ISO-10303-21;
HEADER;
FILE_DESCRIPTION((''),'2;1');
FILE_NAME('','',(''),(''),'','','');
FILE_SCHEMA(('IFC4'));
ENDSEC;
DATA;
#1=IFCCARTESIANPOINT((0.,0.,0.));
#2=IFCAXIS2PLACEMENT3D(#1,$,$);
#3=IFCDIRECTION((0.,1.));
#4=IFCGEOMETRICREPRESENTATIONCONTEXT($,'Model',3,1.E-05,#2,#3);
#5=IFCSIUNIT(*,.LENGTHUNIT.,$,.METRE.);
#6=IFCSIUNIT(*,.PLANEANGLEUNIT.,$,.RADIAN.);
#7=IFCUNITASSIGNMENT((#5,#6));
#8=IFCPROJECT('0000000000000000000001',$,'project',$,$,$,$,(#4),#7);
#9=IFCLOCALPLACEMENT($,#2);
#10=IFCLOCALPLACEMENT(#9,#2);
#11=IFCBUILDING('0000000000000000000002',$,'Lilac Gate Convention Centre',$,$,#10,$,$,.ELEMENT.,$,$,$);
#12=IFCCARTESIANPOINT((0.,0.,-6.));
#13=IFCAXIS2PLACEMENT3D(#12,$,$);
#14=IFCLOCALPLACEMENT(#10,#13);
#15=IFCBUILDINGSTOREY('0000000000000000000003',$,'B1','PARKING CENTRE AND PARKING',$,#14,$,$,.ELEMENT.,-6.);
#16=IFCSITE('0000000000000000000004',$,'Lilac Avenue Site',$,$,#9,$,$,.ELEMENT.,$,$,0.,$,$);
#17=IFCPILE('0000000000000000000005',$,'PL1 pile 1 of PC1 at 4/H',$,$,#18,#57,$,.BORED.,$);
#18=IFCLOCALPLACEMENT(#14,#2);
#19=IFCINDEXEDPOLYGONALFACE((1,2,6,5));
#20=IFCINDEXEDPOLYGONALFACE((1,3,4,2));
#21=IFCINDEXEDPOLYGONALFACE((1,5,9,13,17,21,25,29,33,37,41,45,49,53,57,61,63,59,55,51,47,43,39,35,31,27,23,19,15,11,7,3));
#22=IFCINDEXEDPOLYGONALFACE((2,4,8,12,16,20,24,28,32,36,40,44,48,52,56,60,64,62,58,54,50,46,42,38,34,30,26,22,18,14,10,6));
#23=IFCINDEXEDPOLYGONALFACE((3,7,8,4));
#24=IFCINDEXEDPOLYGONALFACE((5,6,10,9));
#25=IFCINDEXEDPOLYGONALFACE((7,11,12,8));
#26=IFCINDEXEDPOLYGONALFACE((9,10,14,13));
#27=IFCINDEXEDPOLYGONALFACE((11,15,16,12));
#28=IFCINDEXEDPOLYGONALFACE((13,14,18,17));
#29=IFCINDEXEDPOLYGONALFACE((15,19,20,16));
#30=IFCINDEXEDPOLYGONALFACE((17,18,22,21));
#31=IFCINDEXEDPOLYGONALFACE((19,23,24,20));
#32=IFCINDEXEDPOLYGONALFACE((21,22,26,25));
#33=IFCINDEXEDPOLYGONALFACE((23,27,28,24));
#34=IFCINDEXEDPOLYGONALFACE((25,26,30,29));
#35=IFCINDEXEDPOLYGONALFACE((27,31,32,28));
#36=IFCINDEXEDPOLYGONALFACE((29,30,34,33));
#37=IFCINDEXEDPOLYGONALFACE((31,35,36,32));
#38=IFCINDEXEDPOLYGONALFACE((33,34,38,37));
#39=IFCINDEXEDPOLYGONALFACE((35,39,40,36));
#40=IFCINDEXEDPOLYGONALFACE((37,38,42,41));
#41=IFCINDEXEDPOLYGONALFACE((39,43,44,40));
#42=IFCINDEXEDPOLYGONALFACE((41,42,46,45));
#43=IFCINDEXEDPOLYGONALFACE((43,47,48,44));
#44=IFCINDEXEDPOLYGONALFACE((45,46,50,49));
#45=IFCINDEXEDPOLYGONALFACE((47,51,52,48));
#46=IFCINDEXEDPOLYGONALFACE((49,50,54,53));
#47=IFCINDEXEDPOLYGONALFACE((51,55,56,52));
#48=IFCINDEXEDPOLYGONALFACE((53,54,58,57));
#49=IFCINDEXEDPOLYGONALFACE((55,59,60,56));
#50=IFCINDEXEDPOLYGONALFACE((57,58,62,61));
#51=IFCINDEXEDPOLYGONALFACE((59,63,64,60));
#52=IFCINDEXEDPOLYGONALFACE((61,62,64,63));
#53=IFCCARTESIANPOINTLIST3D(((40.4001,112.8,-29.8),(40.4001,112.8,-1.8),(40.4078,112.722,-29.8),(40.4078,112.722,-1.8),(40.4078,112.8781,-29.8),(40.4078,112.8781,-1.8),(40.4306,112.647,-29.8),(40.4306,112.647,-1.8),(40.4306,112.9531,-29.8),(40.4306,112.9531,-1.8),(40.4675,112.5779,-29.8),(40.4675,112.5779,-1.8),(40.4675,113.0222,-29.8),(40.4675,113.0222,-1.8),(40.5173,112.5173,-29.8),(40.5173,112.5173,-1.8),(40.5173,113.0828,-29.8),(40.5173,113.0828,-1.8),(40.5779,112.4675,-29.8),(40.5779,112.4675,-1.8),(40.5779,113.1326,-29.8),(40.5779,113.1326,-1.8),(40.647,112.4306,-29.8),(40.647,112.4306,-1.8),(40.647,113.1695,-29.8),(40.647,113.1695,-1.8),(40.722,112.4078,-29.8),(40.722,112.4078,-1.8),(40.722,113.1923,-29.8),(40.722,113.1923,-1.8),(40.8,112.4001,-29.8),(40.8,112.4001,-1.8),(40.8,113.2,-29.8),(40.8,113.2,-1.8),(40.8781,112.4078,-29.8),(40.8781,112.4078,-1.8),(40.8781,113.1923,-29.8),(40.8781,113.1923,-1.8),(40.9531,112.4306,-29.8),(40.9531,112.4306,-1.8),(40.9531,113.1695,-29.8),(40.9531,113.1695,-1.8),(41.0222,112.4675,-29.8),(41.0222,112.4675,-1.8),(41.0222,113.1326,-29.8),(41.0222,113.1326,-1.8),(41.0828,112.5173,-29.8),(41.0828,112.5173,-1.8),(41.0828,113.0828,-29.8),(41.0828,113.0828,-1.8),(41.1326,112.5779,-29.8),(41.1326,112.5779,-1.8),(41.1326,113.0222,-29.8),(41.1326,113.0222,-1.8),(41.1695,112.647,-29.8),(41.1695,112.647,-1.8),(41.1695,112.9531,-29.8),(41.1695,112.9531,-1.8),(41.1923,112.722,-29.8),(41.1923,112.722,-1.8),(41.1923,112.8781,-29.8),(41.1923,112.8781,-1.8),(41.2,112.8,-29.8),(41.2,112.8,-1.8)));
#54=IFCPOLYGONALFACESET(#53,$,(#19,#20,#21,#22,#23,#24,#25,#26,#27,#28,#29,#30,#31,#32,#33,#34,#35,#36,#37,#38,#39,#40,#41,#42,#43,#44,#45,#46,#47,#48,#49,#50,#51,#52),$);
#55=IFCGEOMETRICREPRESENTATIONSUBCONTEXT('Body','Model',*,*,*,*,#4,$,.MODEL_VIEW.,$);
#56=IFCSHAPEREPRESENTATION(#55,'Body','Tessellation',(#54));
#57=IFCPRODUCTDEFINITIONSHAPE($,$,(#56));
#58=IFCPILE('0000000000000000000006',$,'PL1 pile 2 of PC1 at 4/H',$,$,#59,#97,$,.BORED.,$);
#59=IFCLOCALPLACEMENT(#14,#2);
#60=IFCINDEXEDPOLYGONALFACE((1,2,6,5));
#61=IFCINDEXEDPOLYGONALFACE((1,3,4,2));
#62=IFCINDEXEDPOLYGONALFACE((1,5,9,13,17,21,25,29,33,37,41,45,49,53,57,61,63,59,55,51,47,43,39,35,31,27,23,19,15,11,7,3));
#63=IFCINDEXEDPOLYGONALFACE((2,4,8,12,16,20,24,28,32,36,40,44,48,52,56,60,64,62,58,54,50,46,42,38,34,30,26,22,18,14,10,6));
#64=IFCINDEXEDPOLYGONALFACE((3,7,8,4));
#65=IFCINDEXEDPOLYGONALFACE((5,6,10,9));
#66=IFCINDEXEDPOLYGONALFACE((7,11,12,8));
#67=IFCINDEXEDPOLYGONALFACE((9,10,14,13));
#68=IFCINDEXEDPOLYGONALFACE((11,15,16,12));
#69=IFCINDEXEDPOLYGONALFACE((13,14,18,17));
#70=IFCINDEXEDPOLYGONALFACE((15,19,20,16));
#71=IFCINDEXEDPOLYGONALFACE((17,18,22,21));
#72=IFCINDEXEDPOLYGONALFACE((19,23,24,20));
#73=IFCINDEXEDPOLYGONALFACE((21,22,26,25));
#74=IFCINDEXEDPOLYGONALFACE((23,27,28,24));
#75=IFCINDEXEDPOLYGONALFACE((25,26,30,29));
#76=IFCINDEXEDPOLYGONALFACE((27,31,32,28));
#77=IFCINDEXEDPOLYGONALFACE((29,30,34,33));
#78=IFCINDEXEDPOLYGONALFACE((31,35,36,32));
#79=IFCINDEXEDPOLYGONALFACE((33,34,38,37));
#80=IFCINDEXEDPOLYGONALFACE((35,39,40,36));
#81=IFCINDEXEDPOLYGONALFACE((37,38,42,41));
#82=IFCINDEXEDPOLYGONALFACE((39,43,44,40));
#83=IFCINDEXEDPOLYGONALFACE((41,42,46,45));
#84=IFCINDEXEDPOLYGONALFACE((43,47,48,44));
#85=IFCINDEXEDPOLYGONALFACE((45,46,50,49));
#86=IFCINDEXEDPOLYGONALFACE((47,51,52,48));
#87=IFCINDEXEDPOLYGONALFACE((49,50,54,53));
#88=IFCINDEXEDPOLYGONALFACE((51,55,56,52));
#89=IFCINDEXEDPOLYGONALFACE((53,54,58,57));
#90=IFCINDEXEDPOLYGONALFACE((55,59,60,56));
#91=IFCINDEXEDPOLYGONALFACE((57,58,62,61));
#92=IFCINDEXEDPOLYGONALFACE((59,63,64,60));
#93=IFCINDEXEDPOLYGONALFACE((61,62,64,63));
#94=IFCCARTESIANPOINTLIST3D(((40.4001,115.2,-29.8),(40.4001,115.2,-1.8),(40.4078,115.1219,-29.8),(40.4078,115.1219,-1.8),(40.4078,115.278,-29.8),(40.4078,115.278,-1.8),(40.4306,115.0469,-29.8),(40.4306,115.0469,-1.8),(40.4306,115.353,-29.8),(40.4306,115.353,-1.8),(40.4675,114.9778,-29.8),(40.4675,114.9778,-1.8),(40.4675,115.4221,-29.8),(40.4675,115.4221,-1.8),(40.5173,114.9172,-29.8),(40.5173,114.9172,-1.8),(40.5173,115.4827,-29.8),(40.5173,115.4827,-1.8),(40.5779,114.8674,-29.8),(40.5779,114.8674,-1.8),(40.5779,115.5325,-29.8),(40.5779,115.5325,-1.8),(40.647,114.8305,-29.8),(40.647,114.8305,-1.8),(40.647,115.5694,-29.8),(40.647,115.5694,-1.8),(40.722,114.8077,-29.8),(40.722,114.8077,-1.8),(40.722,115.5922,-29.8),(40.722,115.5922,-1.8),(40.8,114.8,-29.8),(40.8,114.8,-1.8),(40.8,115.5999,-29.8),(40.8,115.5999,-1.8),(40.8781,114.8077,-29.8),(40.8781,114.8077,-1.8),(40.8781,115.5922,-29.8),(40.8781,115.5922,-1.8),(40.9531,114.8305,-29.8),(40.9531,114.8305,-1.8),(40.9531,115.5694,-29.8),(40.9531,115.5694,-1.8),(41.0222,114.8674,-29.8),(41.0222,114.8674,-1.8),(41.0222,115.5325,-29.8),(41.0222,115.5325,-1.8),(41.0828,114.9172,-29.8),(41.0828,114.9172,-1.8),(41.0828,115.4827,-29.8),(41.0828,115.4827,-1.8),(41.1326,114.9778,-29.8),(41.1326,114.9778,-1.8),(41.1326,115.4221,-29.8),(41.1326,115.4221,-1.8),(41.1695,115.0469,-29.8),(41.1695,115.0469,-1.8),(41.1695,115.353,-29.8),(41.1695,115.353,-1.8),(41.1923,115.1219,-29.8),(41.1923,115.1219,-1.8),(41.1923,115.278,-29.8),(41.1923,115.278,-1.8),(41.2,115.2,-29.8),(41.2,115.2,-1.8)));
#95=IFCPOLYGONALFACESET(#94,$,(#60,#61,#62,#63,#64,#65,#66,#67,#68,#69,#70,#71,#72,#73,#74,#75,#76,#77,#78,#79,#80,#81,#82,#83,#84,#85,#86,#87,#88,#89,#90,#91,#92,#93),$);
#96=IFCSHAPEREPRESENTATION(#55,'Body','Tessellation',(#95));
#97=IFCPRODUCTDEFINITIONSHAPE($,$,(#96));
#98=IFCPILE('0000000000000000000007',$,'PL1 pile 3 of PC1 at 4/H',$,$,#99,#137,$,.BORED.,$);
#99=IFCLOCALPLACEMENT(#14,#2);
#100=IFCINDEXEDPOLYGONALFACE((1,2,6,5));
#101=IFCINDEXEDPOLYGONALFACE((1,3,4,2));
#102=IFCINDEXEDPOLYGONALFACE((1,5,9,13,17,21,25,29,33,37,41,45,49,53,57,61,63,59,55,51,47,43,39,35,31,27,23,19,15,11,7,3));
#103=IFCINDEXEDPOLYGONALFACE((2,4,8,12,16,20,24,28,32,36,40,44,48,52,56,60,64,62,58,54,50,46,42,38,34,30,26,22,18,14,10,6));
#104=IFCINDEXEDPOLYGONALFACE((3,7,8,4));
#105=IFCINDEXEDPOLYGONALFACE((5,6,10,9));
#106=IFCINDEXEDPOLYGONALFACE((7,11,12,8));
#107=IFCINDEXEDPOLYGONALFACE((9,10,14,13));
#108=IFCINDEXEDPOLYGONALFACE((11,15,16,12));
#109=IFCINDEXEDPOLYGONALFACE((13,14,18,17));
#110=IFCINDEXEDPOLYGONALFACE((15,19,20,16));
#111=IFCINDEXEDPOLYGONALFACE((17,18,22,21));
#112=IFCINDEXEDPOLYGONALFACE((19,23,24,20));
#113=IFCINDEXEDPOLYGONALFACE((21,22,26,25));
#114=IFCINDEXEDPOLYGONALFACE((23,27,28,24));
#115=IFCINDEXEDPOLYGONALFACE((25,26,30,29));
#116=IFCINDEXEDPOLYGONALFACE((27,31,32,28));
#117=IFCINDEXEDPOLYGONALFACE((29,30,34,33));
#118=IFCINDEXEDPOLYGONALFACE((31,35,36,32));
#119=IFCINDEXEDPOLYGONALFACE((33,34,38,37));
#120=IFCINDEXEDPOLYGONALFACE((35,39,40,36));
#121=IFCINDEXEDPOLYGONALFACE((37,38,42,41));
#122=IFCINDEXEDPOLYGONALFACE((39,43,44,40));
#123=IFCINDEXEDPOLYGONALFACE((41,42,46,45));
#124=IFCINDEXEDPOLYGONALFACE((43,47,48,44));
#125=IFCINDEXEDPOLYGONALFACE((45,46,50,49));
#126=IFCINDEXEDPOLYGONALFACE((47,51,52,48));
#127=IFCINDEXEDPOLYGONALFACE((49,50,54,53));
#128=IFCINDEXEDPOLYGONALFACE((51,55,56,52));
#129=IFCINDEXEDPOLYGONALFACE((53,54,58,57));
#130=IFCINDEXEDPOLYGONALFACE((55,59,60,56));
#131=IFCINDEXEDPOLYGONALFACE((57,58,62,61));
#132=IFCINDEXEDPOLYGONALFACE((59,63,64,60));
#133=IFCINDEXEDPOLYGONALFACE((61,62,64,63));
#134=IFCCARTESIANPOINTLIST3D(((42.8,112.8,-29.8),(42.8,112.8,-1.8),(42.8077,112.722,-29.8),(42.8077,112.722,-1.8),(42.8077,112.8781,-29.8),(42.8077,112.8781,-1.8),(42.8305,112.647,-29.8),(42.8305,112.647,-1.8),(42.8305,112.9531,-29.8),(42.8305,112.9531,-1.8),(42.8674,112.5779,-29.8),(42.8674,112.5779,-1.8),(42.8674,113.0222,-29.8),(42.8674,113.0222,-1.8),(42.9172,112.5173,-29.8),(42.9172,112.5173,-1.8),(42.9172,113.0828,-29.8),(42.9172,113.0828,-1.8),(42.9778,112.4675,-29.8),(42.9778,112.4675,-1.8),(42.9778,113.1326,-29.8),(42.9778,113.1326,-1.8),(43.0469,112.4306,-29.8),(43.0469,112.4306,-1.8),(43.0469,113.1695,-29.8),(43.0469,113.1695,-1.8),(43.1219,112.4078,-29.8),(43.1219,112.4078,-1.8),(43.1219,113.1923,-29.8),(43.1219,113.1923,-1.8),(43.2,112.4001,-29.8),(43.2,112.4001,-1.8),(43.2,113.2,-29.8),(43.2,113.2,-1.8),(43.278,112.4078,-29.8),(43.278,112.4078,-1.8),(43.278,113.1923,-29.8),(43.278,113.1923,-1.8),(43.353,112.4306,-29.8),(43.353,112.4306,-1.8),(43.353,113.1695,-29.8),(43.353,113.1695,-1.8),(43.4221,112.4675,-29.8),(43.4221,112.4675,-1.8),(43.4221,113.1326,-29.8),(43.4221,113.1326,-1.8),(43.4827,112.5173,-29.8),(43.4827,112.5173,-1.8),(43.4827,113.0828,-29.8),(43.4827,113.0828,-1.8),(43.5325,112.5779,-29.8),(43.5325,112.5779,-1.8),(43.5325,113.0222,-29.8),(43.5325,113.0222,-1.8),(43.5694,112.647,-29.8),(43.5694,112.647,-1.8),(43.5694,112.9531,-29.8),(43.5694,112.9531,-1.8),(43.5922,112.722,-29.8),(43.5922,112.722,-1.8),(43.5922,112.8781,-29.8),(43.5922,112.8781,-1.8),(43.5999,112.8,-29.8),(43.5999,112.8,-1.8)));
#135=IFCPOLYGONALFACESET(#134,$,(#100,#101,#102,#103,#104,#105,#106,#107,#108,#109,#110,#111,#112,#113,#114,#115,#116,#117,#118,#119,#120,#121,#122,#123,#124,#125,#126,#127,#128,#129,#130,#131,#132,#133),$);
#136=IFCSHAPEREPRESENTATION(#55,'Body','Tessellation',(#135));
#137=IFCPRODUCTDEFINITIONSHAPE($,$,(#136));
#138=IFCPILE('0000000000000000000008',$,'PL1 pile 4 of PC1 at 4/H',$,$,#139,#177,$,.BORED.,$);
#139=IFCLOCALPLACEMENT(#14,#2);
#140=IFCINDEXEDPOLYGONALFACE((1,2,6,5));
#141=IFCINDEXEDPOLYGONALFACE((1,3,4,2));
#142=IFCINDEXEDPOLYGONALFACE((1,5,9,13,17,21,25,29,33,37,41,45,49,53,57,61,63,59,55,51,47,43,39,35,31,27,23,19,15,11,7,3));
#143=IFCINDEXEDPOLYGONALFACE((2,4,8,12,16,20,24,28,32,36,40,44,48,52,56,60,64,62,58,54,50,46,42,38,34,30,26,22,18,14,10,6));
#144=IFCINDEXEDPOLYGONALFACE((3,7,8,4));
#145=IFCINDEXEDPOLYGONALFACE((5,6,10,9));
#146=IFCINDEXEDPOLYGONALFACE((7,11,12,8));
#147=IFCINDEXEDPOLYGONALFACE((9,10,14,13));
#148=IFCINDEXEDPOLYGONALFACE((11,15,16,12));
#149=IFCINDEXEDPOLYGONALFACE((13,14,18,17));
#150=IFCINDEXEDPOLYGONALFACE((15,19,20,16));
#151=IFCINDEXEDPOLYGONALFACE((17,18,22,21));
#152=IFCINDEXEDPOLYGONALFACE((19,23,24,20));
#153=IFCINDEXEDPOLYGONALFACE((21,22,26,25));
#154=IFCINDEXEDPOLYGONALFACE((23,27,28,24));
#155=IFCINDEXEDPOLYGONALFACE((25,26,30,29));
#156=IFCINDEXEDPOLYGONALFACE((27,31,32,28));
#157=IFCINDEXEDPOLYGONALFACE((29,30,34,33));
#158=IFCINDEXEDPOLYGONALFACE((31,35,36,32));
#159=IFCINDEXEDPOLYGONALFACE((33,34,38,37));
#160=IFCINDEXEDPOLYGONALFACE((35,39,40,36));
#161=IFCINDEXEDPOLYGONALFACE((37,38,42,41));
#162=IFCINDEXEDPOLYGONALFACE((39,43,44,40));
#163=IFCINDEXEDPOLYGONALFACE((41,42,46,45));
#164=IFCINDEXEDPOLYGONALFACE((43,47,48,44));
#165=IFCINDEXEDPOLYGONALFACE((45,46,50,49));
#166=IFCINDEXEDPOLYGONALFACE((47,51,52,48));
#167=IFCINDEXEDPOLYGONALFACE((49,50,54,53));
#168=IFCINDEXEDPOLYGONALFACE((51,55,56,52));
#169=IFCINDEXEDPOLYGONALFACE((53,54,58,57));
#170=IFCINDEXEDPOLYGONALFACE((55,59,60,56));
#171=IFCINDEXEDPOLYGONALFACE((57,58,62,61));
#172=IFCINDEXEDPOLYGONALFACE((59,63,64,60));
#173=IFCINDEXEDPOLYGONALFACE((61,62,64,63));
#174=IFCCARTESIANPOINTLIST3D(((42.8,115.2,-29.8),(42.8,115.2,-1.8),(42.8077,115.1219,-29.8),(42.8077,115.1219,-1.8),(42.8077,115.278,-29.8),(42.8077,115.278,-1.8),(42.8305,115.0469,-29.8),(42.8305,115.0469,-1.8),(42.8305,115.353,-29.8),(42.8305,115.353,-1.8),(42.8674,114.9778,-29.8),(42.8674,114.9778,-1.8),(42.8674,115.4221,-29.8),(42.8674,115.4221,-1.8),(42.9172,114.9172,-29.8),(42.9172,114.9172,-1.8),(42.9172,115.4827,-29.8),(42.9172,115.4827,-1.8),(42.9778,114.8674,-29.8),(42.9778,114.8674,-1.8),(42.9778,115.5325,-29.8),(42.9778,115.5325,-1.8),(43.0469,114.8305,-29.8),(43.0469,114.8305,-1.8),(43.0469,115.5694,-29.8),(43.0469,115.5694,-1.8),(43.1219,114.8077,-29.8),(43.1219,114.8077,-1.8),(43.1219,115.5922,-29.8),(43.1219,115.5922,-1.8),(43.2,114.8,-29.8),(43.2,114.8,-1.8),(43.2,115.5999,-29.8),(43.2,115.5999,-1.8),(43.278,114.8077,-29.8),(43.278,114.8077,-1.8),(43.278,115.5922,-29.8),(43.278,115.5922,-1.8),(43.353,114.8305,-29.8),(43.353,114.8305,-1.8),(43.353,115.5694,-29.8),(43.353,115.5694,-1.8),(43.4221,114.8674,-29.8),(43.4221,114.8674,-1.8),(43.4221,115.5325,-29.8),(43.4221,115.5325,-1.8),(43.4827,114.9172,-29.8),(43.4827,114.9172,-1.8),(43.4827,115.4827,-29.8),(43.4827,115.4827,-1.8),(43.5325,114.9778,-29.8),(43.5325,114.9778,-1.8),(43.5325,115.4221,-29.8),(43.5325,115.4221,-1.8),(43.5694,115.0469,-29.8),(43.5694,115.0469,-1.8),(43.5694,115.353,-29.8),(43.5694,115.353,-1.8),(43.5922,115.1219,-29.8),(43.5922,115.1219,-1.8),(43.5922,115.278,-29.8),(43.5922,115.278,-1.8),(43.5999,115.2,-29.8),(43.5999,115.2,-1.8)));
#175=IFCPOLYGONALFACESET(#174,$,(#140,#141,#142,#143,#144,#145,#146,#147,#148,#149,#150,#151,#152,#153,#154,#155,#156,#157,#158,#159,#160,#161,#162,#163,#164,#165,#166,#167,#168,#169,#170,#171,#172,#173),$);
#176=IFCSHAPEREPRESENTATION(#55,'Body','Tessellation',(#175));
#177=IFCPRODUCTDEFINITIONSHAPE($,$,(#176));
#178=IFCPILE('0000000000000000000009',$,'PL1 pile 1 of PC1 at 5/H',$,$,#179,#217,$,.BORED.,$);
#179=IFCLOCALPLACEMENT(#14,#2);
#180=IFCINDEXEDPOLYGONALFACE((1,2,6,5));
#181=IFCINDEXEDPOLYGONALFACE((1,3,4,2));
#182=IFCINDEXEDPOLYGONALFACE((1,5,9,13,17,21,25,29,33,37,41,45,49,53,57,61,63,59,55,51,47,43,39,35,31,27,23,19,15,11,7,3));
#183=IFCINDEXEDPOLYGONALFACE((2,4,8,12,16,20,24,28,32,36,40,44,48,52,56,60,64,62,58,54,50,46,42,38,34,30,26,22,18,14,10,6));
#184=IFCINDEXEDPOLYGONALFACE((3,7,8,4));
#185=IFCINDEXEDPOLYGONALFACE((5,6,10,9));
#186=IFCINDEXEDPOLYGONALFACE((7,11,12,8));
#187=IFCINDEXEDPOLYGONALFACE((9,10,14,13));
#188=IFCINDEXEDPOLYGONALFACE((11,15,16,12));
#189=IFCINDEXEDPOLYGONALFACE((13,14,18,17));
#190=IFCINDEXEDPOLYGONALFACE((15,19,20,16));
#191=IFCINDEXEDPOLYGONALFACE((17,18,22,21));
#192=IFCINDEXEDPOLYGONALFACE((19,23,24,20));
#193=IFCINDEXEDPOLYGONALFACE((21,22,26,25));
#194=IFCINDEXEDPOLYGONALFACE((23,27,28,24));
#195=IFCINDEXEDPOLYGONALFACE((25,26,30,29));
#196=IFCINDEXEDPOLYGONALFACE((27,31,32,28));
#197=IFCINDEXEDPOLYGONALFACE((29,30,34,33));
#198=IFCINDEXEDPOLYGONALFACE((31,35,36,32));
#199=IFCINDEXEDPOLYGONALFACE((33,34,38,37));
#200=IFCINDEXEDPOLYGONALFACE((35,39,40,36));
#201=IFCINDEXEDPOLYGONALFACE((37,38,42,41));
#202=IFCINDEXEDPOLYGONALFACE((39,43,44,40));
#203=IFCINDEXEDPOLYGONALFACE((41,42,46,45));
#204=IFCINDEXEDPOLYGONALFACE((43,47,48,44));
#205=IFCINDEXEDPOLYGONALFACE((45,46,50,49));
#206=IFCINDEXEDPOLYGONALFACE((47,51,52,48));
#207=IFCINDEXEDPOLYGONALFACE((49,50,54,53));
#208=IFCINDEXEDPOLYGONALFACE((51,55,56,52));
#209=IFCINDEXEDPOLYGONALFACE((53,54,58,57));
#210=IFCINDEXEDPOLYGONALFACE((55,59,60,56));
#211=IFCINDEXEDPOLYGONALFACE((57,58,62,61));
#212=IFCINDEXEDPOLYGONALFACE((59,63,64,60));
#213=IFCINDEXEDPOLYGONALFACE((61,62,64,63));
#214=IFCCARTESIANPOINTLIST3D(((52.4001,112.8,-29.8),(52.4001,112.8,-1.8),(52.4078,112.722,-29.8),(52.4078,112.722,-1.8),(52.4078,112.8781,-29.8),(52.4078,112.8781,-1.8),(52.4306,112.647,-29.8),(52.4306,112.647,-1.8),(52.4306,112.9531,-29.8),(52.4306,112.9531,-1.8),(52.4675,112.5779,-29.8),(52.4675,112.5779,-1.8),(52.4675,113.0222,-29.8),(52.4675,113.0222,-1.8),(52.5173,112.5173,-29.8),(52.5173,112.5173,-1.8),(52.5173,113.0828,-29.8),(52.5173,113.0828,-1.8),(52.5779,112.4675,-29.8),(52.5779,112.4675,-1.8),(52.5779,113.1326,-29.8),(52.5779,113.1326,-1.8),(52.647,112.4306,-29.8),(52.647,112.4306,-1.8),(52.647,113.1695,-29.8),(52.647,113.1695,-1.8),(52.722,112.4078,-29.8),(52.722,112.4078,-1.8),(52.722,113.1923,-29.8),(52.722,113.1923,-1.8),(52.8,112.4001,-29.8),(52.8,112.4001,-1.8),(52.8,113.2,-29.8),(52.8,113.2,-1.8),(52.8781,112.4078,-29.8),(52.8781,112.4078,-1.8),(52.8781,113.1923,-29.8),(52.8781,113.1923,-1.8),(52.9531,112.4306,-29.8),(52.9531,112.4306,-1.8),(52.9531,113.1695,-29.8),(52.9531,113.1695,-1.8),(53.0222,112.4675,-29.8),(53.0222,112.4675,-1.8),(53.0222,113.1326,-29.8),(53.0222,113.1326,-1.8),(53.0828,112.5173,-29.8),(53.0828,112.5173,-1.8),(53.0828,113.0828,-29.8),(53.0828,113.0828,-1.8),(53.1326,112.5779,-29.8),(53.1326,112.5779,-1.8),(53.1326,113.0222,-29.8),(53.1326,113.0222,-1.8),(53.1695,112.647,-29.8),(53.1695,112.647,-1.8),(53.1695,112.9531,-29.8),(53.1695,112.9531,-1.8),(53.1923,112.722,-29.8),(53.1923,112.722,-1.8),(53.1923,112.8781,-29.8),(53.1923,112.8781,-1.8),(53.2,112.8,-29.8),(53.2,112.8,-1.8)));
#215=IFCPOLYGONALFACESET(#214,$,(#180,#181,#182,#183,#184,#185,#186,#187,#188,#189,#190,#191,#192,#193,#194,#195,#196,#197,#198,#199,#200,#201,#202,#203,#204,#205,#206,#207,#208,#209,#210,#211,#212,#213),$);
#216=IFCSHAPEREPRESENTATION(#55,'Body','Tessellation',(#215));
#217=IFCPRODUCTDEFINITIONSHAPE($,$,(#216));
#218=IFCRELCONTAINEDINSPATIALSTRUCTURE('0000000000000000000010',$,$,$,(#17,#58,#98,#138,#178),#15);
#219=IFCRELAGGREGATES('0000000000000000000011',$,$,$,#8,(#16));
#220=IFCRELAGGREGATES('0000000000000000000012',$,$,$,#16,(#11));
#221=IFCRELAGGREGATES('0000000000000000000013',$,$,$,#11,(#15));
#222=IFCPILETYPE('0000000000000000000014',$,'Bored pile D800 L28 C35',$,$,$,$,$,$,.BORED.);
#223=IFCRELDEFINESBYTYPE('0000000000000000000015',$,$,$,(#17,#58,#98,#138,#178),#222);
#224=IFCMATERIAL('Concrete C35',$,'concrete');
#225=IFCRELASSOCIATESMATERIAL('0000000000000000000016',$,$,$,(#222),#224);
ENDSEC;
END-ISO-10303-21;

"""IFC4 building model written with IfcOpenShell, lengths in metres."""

from ifc_helpers import new_model, si_unit, direction, frame, origin, origin_2d, place, context, subcontext, project, spatial, circle, extrude, material, material_profile, profile_set, type_object, element, save


model = new_model("IFC4")

# Units and contexts
model_context = context("Model", 3, precision=1e-05, world=origin(), true_north=direction((0.0, 1.0)))
body_context = subcontext(model_context, "Body", "Model", "MODEL_VIEW")
ifc_project = project(units=[si_unit("LENGTHUNIT", "METRE"), si_unit("PLANEANGLEUNIT", "RADIAN")], contexts=[model_context])

# Site, building, storey
site_placement = place(None, origin())
site = spatial("IfcSite", under=ifc_project, at=site_placement, Name="Lilac Avenue Site", CompositionType="ELEMENT", RefElevation=0.0)
building_placement = place(site_placement, origin())
building = spatial("IfcBuilding", under=site, at=building_placement, Name="Lilac Gate Convention Centre", CompositionType="ELEMENT")
storey_placement = place(building_placement, frame((0.0, 0.0, -6.0)))
storey = spatial("IfcBuildingStorey", under=building, at=storey_placement, Name="B1", Description="PARKING CENTRE AND PARKING", CompositionType="ELEMENT", Elevation=-6.0)

# Piles
ifc_material_1 = material(Name="Concrete C35", Category="concrete")
ifc_material_profile_1 = material_profile(ifc_material_1, circle(Radius=0.3999, at=origin_2d()), Name="D800")
ifc_profile_set_1 = profile_set([ifc_material_profile_1], Name="Concrete C35")
pile_type = type_object("IfcPileType", Name="Bored pile D800 L28 C35", PredefinedType="BORED", material=ifc_profile_set_1)
for number, where, z_axis, x_axis, name in (
    (1, (40.8, 112.8, -1.8), (0.0, 0.0, -1.0), (1.0, 0.0, 0.0), "PL1 pile 1 of PC1 at 4/H"),
    (2, (40.8, 115.2, -1.8), (0.0, 0.0, -1.0), (1.0, 0.0, 0.0), "PL1 pile 2 of PC1 at 4/H"),
    (3, (43.2, 112.8, -1.8), (0.0, 0.0, -1.0), (1.0, 0.0, 0.0), "PL1 pile 3 of PC1 at 4/H"),
    (4, (43.2, 115.2, -1.8), (0.0, 0.0, -1.0), (1.0, 0.0, 0.0), "PL1 pile 4 of PC1 at 4/H"),
    (5, (52.8, 112.8, -1.8), (0.0, 0.0, -1.0), (1.0, 0.0, 0.0), "PL1 pile 1 of PC1 at 5/H"),
):
    element("IfcPile", number, at=place(storey_placement, frame(where, z_axis=z_axis, x_axis=x_axis)), inside=storey, type_object=pile_type, Name=name, PredefinedType="BORED", context=body_context, shape_type="SweptSolid", body=[
        extrude(circle(Radius=0.3999, at=origin_2d()), origin(), (0.0, 0.0, 1.0), 28.0),
    ])

save(model, "model.ifc")
